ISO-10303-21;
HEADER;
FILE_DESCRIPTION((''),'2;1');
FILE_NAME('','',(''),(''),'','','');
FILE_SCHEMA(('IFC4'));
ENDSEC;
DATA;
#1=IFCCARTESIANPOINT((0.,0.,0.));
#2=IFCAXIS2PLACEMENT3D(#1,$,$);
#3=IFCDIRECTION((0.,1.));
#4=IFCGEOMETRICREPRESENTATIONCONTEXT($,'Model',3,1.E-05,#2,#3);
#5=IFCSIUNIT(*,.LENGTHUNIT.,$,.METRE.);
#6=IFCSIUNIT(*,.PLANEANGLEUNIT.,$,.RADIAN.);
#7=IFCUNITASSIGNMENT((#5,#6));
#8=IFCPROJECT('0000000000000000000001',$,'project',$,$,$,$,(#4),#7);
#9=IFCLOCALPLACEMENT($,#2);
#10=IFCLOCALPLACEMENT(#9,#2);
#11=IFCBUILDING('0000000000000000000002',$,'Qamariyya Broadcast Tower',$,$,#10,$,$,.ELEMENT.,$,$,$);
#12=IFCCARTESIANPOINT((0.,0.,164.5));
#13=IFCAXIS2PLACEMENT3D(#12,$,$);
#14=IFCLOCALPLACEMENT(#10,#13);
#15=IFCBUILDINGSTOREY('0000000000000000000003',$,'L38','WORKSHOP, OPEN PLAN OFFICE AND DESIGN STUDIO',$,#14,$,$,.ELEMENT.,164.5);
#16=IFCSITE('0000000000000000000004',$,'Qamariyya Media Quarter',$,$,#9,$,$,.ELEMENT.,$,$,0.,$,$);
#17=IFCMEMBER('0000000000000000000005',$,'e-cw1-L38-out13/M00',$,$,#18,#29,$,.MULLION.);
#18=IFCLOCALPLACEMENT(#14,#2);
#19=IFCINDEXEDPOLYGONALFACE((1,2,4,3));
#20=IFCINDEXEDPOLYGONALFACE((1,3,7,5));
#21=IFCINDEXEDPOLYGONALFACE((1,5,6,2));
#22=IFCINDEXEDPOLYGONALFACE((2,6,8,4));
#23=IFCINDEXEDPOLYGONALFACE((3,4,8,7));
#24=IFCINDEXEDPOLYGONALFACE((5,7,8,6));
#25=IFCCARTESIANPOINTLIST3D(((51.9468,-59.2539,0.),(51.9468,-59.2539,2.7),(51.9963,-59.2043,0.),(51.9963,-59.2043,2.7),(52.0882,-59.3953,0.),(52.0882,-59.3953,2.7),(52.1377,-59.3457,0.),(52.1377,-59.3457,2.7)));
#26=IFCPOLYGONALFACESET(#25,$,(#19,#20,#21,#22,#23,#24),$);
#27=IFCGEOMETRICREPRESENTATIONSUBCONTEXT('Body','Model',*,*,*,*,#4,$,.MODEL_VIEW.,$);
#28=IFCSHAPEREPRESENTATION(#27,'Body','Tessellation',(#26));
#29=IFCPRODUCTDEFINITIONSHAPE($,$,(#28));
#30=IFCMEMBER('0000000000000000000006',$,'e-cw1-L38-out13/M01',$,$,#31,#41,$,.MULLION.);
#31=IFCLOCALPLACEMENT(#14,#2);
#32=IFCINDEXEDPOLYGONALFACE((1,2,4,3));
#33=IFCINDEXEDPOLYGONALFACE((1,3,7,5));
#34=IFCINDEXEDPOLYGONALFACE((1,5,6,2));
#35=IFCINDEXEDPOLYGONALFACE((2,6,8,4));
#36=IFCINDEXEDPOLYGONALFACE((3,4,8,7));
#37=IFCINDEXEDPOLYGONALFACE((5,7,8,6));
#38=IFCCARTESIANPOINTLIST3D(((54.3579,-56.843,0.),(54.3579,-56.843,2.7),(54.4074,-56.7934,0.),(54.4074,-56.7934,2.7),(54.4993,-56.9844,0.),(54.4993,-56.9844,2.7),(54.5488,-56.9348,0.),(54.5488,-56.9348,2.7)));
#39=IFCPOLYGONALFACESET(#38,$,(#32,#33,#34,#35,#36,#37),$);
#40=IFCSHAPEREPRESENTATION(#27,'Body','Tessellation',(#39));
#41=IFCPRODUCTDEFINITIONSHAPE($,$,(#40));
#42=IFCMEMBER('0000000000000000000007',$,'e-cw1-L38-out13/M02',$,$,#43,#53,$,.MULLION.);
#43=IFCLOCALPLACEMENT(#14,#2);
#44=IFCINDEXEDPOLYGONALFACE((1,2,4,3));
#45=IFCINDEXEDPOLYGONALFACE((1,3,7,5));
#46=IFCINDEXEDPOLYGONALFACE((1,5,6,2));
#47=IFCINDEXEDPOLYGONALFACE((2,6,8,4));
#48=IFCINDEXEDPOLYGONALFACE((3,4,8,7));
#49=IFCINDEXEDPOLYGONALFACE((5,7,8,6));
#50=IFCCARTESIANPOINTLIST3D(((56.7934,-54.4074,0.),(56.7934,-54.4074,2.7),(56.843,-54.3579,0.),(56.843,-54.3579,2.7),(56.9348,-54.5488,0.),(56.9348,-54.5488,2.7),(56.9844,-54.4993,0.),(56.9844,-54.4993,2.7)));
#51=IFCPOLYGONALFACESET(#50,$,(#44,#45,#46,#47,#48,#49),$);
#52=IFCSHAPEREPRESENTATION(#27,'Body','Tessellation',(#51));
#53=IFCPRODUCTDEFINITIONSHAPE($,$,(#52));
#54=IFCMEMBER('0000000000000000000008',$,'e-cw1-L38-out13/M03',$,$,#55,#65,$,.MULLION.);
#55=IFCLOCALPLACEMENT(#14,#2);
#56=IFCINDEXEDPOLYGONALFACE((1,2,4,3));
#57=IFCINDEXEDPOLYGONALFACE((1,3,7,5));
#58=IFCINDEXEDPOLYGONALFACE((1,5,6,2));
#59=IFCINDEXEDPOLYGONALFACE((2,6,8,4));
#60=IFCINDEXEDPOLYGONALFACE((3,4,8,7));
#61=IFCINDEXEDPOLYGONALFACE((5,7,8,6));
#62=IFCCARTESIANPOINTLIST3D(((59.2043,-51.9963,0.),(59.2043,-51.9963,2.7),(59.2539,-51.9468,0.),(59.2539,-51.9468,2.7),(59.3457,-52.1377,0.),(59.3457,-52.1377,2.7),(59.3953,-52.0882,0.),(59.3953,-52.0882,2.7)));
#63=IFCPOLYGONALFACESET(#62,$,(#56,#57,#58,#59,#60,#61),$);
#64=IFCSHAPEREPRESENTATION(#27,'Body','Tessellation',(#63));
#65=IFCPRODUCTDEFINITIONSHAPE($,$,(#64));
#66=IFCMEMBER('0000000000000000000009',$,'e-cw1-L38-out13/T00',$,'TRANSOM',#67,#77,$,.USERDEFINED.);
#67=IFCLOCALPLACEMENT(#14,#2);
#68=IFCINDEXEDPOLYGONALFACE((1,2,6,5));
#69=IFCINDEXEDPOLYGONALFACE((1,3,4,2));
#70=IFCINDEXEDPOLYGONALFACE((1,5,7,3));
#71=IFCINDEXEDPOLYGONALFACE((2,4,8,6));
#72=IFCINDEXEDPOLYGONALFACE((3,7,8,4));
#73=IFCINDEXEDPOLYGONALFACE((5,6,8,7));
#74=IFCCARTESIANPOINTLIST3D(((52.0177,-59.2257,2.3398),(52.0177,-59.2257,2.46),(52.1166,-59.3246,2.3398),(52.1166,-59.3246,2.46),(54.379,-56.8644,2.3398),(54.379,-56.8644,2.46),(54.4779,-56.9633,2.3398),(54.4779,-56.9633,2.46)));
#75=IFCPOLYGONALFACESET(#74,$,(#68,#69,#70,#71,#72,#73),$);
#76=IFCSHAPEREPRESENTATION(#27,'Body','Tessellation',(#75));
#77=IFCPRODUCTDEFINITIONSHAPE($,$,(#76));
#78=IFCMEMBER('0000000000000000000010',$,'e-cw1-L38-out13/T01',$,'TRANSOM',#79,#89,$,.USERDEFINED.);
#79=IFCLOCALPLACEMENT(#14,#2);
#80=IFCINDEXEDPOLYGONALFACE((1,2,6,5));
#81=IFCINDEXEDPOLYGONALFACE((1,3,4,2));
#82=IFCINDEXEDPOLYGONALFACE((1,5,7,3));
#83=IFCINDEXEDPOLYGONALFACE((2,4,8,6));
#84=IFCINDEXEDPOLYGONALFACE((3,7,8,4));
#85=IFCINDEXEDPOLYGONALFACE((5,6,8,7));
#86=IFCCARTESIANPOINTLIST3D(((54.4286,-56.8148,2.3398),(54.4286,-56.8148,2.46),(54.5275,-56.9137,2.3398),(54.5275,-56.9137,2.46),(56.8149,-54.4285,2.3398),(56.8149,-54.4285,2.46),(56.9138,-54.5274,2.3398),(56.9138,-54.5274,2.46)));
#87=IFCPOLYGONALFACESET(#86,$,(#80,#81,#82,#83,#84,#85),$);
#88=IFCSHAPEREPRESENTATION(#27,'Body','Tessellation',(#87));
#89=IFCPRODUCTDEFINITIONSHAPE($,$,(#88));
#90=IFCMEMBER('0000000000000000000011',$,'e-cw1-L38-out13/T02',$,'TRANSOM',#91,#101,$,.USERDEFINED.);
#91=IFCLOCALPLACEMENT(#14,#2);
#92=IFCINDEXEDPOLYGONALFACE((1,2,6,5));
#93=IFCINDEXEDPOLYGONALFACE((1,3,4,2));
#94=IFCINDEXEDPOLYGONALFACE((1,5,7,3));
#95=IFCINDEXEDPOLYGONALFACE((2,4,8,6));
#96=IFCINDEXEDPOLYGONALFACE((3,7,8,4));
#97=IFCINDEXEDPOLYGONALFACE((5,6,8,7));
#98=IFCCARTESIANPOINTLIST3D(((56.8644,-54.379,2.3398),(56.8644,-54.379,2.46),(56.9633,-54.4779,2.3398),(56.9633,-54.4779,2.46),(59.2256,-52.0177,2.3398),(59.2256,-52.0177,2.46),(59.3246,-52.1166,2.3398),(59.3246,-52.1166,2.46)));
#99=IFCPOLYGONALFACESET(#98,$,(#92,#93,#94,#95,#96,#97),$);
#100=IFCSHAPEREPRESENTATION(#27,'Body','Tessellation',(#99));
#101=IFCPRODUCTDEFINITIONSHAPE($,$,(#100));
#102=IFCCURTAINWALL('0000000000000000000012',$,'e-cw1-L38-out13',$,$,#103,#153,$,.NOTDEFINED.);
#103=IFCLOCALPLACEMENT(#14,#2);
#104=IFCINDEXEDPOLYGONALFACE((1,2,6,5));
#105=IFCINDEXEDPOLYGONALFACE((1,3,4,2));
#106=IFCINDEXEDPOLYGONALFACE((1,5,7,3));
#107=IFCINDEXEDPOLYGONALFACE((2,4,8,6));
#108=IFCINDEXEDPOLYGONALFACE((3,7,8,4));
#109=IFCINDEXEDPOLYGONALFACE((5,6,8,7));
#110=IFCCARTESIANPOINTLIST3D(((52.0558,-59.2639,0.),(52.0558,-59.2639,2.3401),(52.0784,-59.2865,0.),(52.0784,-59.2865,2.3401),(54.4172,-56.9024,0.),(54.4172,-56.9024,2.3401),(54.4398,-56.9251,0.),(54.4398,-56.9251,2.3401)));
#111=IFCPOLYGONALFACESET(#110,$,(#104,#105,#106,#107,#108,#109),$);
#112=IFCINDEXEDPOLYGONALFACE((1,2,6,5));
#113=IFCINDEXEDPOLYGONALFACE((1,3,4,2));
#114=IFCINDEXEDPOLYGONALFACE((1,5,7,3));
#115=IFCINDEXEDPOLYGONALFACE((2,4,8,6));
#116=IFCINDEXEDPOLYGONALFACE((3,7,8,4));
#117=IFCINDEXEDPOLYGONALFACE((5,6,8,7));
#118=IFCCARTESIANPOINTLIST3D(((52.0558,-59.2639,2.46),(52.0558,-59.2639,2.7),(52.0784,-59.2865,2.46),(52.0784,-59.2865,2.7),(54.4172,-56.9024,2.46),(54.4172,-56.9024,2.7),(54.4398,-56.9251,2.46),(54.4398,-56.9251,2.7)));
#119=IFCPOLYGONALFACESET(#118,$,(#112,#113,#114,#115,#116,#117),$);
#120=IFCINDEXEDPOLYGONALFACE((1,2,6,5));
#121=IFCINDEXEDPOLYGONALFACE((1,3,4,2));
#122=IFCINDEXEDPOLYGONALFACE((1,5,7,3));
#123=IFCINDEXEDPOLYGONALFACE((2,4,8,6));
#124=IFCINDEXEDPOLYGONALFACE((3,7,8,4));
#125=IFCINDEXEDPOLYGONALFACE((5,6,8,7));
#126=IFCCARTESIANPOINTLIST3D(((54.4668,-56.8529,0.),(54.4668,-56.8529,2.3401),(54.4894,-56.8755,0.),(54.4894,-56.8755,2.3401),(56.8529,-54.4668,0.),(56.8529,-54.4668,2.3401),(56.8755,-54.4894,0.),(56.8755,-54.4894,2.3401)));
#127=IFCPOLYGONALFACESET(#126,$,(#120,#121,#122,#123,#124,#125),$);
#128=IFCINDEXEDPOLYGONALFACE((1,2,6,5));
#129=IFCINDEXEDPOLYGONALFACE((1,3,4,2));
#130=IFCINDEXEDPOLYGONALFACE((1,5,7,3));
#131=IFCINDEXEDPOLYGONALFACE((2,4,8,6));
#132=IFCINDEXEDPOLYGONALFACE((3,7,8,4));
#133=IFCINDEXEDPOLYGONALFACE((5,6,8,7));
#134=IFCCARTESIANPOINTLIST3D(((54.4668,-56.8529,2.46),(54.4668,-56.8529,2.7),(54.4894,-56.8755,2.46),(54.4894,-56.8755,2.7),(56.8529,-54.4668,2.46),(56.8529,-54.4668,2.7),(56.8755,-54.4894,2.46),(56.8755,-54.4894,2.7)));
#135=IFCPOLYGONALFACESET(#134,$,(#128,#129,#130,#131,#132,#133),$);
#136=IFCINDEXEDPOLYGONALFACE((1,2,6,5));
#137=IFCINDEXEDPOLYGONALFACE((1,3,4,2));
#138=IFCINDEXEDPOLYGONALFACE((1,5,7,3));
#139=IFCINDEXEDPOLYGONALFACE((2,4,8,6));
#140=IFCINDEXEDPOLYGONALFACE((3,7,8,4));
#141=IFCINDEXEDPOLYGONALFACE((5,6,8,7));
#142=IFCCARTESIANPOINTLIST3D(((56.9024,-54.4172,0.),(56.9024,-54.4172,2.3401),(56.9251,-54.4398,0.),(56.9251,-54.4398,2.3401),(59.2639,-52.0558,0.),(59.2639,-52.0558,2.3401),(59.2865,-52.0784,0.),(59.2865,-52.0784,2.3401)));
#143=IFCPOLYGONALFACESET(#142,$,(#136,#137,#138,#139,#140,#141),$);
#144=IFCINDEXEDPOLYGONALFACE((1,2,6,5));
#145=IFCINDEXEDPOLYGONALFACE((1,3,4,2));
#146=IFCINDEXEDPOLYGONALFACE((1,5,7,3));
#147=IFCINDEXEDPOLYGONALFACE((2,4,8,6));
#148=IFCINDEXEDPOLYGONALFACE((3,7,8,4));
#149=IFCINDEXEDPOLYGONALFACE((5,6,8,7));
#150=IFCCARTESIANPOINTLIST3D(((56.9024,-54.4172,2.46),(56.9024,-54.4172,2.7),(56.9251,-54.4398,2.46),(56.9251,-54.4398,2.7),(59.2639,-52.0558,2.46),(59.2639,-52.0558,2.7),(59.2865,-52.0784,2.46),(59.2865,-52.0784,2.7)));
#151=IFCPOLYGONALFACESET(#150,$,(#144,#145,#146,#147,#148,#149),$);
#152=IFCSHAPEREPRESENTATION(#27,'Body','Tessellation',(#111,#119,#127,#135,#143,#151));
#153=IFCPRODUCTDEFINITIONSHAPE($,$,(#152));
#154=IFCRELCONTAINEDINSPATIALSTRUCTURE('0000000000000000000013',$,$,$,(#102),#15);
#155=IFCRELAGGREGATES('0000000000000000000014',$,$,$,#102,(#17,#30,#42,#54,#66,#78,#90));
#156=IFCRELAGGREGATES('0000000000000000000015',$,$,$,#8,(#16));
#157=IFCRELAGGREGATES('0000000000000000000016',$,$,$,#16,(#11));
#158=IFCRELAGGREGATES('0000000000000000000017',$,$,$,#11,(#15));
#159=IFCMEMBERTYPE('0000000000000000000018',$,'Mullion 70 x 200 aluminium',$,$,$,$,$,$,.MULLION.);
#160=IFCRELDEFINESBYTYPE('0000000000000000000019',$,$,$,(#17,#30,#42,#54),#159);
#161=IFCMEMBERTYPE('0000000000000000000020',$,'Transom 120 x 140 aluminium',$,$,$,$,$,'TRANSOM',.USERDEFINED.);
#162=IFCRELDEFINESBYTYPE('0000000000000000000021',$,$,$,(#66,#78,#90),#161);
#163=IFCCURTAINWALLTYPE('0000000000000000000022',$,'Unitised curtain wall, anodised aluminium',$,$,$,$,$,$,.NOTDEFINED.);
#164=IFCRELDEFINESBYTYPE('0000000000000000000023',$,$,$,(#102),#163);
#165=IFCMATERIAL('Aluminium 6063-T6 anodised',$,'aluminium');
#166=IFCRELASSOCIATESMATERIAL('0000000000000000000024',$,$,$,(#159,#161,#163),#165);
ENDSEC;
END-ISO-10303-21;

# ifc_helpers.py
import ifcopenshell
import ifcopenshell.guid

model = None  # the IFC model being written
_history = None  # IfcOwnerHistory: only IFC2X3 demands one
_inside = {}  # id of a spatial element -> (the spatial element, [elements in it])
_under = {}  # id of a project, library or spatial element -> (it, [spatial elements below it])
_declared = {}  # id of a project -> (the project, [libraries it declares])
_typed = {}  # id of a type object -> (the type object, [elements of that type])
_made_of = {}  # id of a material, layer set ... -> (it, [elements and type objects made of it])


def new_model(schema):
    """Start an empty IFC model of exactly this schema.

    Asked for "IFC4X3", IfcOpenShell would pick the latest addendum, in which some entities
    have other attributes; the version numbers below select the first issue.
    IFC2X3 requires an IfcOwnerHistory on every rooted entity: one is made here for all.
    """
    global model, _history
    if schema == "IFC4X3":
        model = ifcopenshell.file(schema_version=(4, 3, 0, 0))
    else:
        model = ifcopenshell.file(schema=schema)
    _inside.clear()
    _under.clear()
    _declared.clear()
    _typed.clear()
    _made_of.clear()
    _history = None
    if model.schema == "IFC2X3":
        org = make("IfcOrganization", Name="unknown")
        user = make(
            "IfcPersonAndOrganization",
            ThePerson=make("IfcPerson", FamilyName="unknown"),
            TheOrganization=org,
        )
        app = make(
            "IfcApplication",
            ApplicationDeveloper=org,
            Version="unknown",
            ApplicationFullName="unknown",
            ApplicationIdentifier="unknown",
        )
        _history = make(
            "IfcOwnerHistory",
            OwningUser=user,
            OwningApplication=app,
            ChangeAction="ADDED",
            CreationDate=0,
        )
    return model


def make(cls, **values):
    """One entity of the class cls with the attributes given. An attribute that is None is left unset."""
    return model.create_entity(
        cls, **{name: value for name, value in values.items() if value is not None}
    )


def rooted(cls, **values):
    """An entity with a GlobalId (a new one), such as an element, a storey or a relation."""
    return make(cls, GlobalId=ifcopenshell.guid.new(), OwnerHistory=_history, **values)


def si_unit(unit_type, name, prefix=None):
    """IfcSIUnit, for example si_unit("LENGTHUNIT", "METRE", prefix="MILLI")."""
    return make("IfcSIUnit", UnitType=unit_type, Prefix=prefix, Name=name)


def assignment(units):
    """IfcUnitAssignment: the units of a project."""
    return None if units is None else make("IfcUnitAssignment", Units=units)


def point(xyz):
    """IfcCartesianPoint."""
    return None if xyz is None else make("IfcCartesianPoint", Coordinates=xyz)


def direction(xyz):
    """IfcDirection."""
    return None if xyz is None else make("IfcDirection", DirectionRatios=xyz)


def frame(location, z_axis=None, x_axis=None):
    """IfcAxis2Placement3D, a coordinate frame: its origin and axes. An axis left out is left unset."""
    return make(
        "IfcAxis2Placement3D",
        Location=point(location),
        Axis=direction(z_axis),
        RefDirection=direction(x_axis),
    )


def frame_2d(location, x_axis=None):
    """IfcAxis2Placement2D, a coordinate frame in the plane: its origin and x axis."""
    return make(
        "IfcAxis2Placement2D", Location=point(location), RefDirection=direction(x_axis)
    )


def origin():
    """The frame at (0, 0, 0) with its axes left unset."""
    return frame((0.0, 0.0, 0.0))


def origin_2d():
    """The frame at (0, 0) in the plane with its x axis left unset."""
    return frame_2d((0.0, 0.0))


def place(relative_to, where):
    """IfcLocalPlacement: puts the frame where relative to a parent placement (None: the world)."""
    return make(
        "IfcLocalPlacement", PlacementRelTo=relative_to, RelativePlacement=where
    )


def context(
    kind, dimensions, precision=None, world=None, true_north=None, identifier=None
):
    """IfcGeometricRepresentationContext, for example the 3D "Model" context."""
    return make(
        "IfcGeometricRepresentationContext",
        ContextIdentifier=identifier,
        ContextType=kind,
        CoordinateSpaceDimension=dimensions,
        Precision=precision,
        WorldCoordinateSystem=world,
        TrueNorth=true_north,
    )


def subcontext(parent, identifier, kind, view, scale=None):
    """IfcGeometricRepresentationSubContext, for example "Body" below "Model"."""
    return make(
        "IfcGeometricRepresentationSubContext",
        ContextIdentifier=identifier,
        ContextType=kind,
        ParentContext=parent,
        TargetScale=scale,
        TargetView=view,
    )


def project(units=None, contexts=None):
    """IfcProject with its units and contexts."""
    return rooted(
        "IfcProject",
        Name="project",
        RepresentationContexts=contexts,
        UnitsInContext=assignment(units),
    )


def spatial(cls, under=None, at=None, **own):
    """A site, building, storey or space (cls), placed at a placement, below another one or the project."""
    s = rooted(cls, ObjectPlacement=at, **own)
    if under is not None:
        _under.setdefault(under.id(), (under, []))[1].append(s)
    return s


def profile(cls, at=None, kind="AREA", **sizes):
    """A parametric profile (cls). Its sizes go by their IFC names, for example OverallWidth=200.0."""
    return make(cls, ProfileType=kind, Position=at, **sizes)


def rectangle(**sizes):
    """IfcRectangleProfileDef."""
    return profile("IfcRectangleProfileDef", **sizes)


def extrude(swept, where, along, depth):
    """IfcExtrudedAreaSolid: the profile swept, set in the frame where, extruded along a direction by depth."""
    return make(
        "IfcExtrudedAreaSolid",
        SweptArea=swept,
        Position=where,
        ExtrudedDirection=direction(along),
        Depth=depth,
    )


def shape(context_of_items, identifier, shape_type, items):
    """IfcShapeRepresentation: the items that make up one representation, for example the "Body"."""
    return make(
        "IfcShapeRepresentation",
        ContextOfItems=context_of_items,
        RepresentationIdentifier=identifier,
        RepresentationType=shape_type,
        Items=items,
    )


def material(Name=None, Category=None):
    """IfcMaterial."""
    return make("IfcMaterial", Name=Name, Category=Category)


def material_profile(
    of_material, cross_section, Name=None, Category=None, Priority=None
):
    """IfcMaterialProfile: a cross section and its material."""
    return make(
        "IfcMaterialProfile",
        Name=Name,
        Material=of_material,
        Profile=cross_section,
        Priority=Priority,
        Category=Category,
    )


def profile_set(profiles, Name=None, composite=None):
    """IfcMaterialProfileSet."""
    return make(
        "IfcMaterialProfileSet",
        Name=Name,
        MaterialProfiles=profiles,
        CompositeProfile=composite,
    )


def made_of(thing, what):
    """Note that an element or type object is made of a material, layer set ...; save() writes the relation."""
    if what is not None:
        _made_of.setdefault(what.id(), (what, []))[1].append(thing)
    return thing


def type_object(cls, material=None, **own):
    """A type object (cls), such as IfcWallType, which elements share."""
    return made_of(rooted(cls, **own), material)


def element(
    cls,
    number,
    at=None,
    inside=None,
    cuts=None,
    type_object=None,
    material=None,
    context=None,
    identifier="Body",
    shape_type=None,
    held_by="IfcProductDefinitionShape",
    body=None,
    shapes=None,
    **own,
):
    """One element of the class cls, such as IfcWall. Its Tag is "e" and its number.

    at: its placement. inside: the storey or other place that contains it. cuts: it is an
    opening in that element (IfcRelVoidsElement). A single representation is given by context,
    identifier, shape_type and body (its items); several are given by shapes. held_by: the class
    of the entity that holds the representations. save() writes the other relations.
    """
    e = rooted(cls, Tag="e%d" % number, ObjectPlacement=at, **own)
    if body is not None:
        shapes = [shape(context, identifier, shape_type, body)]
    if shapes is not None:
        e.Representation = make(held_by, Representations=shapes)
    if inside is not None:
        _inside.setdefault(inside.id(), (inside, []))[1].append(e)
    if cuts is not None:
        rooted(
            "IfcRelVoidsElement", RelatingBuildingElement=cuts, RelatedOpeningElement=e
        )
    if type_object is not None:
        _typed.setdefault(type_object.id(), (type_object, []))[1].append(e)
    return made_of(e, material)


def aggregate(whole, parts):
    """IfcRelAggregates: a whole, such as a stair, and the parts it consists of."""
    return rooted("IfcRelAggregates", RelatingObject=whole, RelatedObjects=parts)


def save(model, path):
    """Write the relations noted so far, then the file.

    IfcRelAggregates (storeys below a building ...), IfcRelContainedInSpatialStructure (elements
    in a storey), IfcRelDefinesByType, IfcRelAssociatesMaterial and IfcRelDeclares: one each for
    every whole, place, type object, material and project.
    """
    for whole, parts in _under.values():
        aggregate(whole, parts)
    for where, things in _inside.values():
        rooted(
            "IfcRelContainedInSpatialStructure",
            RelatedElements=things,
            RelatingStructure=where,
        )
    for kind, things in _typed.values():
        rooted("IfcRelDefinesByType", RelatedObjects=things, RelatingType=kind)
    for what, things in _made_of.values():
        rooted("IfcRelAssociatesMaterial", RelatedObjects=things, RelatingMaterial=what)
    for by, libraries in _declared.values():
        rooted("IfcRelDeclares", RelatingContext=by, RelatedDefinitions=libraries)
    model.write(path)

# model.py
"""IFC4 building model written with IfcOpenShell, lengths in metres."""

from ifc_helpers import new_model, si_unit, direction, frame, origin, origin_2d, place, context, subcontext, project, spatial, rectangle, extrude, material, material_profile, profile_set, type_object, element, aggregate, save


model = new_model("IFC4")

# Units and contexts
model_context = context("Model", 3, precision=1e-05, world=origin(), true_north=direction((0.0, 1.0)))
body_context = subcontext(model_context, "Body", "Model", "MODEL_VIEW")
ifc_project = project(units=[si_unit("LENGTHUNIT", "METRE"), si_unit("PLANEANGLEUNIT", "RADIAN")], contexts=[model_context])

# Members
ifc_material = material(Name="Aluminium 6063-T6 anodised", Category="aluminium")
ifc_material_profile_1 = material_profile(ifc_material, rectangle(XDim=0.2, YDim=0.0701, at=origin_2d()))
ifc_profile_set_1 = profile_set([ifc_material_profile_1], Name="Aluminium 6063-T6 anodised")
member_type_1 = type_object("IfcMemberType", Name="Mullion 70 x 200 aluminium", PredefinedType="MULLION", material=ifc_profile_set_1)
site_placement = place(None, origin())
building_placement = place(site_placement, origin())
storey_placement = place(building_placement, frame((0.0, 0.0, 164.5)))
member_1_placement = place(storey_placement, frame((52.0422, -59.2998, 0.0), z_axis=(0.0, 0.0, 1.0), x_axis=(-0.707107, 0.707107, 0.0)))
member_1 = element("IfcMember", 1, at=member_1_placement, type_object=member_type_1, Name="e-cw1-L38-out13/M00", PredefinedType="MULLION", context=body_context, shape_type="SweptSolid", body=[
    extrude(rectangle(XDim=0.2, YDim=0.0701, at=origin_2d()), origin(), (0.0, 0.0, 1.0), 2.7),
])
member_2_placement = place(storey_placement, frame((54.4534, -56.8889, 0.0), z_axis=(0.0, 0.0, 1.0), x_axis=(-0.707107, 0.707107, 0.0)))
member_2 = element("IfcMember", 2, at=member_2_placement, type_object=member_type_1, Name="e-cw1-L38-out13/M01", PredefinedType="MULLION", context=body_context, shape_type="SweptSolid", body=[
    extrude(rectangle(XDim=0.2, YDim=0.0701, at=origin_2d()), origin(), (0.0, 0.0, 1.0), 2.7),
])
member_3_placement = place(storey_placement, frame((56.8889, -54.4534, 0.0), z_axis=(0.0, 0.0, 1.0), x_axis=(-0.707107, 0.707107, 0.0)))
member_3 = element("IfcMember", 3, at=member_3_placement, type_object=member_type_1, Name="e-cw1-L38-out13/M02", PredefinedType="MULLION", context=body_context, shape_type="SweptSolid", body=[
    extrude(rectangle(XDim=0.2, YDim=0.0701, at=origin_2d()), origin(), (0.0, 0.0, 1.0), 2.7),
])
member_4_placement = place(storey_placement, frame((59.2998, -52.0422, 0.0), z_axis=(0.0, 0.0, 1.0), x_axis=(-0.707107, 0.707107, 0.0)))
member_4 = element("IfcMember", 4, at=member_4_placement, type_object=member_type_1, Name="e-cw1-L38-out13/M03", PredefinedType="MULLION", context=body_context, shape_type="SweptSolid", body=[
    extrude(rectangle(XDim=0.2, YDim=0.0701, at=origin_2d()), origin(), (0.0, 0.0, 1.0), 2.7),
])
ifc_material_profile_2 = material_profile(ifc_material, rectangle(XDim=0.1399, YDim=0.1201, at=origin_2d()))
ifc_profile_set_2 = profile_set([ifc_material_profile_2], Name="Aluminium 6063-T6 anodised")
member_type_2 = type_object("IfcMemberType", Name="Transom 120 x 140 aluminium", ElementType="TRANSOM", PredefinedType="USERDEFINED", material=ifc_profile_set_2)
member_5_placement = place(storey_placement, frame((52.0671, -59.2751, 2.3999), z_axis=(0.707107, 0.707107, 0.0), x_axis=(-0.707107, 0.707107, 0.0)))
member_5 = element("IfcMember", 5, at=member_5_placement, type_object=member_type_2, Name="e-cw1-L38-out13/T00", ObjectType="TRANSOM", PredefinedType="USERDEFINED", context=body_context, shape_type="SweptSolid", body=[
    extrude(rectangle(XDim=0.1399, YDim=0.1201, at=origin_2d()), origin(), (0.0, 0.0, 1.0), 3.3394),
])
member_6_placement = place(storey_placement, frame((54.478, -56.8643, 2.3999), z_axis=(0.707107, 0.707107, 0.0), x_axis=(-0.707107, 0.707107, 0.0)))
member_6 = element("IfcMember", 6, at=member_6_placement, type_object=member_type_2, Name="e-cw1-L38-out13/T01", ObjectType="TRANSOM", PredefinedType="USERDEFINED", context=body_context, shape_type="SweptSolid", body=[
    extrude(rectangle(XDim=0.1399, YDim=0.1201, at=origin_2d()), origin(), (0.0, 0.0, 1.0), 3.3748),
])
member_7_placement = place(storey_placement, frame((56.9138, -54.4285, 2.3999), z_axis=(0.707107, 0.707107, 0.0), x_axis=(-0.707107, 0.707107, 0.0)))
member_7 = element("IfcMember", 7, at=member_7_placement, type_object=member_type_2, Name="e-cw1-L38-out13/T02", ObjectType="TRANSOM", PredefinedType="USERDEFINED", context=body_context, shape_type="SweptSolid", body=[
    extrude(rectangle(XDim=0.1399, YDim=0.1201, at=origin_2d()), origin(), (0.0, 0.0, 1.0), 3.3394),
])

# Site, building, storey
site = spatial("IfcSite", under=ifc_project, at=site_placement, Name="Qamariyya Media Quarter", CompositionType="ELEMENT", RefElevation=0.0)
building = spatial("IfcBuilding", under=site, at=building_placement, Name="Qamariyya Broadcast Tower", CompositionType="ELEMENT")
storey = spatial("IfcBuildingStorey", under=building, at=storey_placement, Name="L38", Description="WORKSHOP, OPEN PLAN OFFICE AND DESIGN STUDIO", CompositionType="ELEMENT", Elevation=164.5)

# Curtain wall
curtain_wall_type = type_object("IfcCurtainWallType", Name="Unitised curtain wall, anodised aluminium", PredefinedType="NOTDEFINED", material=ifc_material)
curtain_wall_1_placement = place(storey_placement, origin())
curtain_wall_1 = element("IfcCurtainWall", 8, at=curtain_wall_1_placement, inside=storey, type_object=curtain_wall_type, Name="e-cw1-L38-out13", PredefinedType="NOTDEFINED", context=body_context, shape_type="SweptSolid", body=[
    extrude(rectangle(XDim=3.3396, YDim=0.032, at=origin_2d()), frame((53.2478, -58.0945, 0.0), x_axis=(0.707107, 0.707107, 0.0)), (0.0, 0.0, 1.0), 2.3401),
    extrude(rectangle(XDim=3.3396, YDim=0.032, at=origin_2d()), frame((53.2478, -58.0945, 2.46), x_axis=(0.707107, 0.707107, 0.0)), (0.0, 0.0, 1.0), 0.24),
    extrude(rectangle(XDim=3.3745, YDim=0.032, at=origin_2d()), frame((55.6711, -55.6711, 0.0), x_axis=(0.707107, 0.707107, 0.0)), (0.0, 0.0, 1.0), 2.3401),
    extrude(rectangle(XDim=3.3745, YDim=0.032, at=origin_2d()), frame((55.6711, -55.6711, 2.46), x_axis=(0.707107, 0.707107, 0.0)), (0.0, 0.0, 1.0), 0.24),
    extrude(rectangle(XDim=3.3396, YDim=0.032, at=origin_2d()), frame((58.0945, -53.2478, 0.0), x_axis=(0.707107, 0.707107, 0.0)), (0.0, 0.0, 1.0), 2.3401),
    extrude(rectangle(XDim=3.3396, YDim=0.032, at=origin_2d()), frame((58.0945, -53.2478, 2.46), x_axis=(0.707107, 0.707107, 0.0)), (0.0, 0.0, 1.0), 0.24),
])
aggregate(curtain_wall_1, [member_1, member_2, member_3, member_4, member_5, member_6, member_7])

save(model, "model.ifc")
